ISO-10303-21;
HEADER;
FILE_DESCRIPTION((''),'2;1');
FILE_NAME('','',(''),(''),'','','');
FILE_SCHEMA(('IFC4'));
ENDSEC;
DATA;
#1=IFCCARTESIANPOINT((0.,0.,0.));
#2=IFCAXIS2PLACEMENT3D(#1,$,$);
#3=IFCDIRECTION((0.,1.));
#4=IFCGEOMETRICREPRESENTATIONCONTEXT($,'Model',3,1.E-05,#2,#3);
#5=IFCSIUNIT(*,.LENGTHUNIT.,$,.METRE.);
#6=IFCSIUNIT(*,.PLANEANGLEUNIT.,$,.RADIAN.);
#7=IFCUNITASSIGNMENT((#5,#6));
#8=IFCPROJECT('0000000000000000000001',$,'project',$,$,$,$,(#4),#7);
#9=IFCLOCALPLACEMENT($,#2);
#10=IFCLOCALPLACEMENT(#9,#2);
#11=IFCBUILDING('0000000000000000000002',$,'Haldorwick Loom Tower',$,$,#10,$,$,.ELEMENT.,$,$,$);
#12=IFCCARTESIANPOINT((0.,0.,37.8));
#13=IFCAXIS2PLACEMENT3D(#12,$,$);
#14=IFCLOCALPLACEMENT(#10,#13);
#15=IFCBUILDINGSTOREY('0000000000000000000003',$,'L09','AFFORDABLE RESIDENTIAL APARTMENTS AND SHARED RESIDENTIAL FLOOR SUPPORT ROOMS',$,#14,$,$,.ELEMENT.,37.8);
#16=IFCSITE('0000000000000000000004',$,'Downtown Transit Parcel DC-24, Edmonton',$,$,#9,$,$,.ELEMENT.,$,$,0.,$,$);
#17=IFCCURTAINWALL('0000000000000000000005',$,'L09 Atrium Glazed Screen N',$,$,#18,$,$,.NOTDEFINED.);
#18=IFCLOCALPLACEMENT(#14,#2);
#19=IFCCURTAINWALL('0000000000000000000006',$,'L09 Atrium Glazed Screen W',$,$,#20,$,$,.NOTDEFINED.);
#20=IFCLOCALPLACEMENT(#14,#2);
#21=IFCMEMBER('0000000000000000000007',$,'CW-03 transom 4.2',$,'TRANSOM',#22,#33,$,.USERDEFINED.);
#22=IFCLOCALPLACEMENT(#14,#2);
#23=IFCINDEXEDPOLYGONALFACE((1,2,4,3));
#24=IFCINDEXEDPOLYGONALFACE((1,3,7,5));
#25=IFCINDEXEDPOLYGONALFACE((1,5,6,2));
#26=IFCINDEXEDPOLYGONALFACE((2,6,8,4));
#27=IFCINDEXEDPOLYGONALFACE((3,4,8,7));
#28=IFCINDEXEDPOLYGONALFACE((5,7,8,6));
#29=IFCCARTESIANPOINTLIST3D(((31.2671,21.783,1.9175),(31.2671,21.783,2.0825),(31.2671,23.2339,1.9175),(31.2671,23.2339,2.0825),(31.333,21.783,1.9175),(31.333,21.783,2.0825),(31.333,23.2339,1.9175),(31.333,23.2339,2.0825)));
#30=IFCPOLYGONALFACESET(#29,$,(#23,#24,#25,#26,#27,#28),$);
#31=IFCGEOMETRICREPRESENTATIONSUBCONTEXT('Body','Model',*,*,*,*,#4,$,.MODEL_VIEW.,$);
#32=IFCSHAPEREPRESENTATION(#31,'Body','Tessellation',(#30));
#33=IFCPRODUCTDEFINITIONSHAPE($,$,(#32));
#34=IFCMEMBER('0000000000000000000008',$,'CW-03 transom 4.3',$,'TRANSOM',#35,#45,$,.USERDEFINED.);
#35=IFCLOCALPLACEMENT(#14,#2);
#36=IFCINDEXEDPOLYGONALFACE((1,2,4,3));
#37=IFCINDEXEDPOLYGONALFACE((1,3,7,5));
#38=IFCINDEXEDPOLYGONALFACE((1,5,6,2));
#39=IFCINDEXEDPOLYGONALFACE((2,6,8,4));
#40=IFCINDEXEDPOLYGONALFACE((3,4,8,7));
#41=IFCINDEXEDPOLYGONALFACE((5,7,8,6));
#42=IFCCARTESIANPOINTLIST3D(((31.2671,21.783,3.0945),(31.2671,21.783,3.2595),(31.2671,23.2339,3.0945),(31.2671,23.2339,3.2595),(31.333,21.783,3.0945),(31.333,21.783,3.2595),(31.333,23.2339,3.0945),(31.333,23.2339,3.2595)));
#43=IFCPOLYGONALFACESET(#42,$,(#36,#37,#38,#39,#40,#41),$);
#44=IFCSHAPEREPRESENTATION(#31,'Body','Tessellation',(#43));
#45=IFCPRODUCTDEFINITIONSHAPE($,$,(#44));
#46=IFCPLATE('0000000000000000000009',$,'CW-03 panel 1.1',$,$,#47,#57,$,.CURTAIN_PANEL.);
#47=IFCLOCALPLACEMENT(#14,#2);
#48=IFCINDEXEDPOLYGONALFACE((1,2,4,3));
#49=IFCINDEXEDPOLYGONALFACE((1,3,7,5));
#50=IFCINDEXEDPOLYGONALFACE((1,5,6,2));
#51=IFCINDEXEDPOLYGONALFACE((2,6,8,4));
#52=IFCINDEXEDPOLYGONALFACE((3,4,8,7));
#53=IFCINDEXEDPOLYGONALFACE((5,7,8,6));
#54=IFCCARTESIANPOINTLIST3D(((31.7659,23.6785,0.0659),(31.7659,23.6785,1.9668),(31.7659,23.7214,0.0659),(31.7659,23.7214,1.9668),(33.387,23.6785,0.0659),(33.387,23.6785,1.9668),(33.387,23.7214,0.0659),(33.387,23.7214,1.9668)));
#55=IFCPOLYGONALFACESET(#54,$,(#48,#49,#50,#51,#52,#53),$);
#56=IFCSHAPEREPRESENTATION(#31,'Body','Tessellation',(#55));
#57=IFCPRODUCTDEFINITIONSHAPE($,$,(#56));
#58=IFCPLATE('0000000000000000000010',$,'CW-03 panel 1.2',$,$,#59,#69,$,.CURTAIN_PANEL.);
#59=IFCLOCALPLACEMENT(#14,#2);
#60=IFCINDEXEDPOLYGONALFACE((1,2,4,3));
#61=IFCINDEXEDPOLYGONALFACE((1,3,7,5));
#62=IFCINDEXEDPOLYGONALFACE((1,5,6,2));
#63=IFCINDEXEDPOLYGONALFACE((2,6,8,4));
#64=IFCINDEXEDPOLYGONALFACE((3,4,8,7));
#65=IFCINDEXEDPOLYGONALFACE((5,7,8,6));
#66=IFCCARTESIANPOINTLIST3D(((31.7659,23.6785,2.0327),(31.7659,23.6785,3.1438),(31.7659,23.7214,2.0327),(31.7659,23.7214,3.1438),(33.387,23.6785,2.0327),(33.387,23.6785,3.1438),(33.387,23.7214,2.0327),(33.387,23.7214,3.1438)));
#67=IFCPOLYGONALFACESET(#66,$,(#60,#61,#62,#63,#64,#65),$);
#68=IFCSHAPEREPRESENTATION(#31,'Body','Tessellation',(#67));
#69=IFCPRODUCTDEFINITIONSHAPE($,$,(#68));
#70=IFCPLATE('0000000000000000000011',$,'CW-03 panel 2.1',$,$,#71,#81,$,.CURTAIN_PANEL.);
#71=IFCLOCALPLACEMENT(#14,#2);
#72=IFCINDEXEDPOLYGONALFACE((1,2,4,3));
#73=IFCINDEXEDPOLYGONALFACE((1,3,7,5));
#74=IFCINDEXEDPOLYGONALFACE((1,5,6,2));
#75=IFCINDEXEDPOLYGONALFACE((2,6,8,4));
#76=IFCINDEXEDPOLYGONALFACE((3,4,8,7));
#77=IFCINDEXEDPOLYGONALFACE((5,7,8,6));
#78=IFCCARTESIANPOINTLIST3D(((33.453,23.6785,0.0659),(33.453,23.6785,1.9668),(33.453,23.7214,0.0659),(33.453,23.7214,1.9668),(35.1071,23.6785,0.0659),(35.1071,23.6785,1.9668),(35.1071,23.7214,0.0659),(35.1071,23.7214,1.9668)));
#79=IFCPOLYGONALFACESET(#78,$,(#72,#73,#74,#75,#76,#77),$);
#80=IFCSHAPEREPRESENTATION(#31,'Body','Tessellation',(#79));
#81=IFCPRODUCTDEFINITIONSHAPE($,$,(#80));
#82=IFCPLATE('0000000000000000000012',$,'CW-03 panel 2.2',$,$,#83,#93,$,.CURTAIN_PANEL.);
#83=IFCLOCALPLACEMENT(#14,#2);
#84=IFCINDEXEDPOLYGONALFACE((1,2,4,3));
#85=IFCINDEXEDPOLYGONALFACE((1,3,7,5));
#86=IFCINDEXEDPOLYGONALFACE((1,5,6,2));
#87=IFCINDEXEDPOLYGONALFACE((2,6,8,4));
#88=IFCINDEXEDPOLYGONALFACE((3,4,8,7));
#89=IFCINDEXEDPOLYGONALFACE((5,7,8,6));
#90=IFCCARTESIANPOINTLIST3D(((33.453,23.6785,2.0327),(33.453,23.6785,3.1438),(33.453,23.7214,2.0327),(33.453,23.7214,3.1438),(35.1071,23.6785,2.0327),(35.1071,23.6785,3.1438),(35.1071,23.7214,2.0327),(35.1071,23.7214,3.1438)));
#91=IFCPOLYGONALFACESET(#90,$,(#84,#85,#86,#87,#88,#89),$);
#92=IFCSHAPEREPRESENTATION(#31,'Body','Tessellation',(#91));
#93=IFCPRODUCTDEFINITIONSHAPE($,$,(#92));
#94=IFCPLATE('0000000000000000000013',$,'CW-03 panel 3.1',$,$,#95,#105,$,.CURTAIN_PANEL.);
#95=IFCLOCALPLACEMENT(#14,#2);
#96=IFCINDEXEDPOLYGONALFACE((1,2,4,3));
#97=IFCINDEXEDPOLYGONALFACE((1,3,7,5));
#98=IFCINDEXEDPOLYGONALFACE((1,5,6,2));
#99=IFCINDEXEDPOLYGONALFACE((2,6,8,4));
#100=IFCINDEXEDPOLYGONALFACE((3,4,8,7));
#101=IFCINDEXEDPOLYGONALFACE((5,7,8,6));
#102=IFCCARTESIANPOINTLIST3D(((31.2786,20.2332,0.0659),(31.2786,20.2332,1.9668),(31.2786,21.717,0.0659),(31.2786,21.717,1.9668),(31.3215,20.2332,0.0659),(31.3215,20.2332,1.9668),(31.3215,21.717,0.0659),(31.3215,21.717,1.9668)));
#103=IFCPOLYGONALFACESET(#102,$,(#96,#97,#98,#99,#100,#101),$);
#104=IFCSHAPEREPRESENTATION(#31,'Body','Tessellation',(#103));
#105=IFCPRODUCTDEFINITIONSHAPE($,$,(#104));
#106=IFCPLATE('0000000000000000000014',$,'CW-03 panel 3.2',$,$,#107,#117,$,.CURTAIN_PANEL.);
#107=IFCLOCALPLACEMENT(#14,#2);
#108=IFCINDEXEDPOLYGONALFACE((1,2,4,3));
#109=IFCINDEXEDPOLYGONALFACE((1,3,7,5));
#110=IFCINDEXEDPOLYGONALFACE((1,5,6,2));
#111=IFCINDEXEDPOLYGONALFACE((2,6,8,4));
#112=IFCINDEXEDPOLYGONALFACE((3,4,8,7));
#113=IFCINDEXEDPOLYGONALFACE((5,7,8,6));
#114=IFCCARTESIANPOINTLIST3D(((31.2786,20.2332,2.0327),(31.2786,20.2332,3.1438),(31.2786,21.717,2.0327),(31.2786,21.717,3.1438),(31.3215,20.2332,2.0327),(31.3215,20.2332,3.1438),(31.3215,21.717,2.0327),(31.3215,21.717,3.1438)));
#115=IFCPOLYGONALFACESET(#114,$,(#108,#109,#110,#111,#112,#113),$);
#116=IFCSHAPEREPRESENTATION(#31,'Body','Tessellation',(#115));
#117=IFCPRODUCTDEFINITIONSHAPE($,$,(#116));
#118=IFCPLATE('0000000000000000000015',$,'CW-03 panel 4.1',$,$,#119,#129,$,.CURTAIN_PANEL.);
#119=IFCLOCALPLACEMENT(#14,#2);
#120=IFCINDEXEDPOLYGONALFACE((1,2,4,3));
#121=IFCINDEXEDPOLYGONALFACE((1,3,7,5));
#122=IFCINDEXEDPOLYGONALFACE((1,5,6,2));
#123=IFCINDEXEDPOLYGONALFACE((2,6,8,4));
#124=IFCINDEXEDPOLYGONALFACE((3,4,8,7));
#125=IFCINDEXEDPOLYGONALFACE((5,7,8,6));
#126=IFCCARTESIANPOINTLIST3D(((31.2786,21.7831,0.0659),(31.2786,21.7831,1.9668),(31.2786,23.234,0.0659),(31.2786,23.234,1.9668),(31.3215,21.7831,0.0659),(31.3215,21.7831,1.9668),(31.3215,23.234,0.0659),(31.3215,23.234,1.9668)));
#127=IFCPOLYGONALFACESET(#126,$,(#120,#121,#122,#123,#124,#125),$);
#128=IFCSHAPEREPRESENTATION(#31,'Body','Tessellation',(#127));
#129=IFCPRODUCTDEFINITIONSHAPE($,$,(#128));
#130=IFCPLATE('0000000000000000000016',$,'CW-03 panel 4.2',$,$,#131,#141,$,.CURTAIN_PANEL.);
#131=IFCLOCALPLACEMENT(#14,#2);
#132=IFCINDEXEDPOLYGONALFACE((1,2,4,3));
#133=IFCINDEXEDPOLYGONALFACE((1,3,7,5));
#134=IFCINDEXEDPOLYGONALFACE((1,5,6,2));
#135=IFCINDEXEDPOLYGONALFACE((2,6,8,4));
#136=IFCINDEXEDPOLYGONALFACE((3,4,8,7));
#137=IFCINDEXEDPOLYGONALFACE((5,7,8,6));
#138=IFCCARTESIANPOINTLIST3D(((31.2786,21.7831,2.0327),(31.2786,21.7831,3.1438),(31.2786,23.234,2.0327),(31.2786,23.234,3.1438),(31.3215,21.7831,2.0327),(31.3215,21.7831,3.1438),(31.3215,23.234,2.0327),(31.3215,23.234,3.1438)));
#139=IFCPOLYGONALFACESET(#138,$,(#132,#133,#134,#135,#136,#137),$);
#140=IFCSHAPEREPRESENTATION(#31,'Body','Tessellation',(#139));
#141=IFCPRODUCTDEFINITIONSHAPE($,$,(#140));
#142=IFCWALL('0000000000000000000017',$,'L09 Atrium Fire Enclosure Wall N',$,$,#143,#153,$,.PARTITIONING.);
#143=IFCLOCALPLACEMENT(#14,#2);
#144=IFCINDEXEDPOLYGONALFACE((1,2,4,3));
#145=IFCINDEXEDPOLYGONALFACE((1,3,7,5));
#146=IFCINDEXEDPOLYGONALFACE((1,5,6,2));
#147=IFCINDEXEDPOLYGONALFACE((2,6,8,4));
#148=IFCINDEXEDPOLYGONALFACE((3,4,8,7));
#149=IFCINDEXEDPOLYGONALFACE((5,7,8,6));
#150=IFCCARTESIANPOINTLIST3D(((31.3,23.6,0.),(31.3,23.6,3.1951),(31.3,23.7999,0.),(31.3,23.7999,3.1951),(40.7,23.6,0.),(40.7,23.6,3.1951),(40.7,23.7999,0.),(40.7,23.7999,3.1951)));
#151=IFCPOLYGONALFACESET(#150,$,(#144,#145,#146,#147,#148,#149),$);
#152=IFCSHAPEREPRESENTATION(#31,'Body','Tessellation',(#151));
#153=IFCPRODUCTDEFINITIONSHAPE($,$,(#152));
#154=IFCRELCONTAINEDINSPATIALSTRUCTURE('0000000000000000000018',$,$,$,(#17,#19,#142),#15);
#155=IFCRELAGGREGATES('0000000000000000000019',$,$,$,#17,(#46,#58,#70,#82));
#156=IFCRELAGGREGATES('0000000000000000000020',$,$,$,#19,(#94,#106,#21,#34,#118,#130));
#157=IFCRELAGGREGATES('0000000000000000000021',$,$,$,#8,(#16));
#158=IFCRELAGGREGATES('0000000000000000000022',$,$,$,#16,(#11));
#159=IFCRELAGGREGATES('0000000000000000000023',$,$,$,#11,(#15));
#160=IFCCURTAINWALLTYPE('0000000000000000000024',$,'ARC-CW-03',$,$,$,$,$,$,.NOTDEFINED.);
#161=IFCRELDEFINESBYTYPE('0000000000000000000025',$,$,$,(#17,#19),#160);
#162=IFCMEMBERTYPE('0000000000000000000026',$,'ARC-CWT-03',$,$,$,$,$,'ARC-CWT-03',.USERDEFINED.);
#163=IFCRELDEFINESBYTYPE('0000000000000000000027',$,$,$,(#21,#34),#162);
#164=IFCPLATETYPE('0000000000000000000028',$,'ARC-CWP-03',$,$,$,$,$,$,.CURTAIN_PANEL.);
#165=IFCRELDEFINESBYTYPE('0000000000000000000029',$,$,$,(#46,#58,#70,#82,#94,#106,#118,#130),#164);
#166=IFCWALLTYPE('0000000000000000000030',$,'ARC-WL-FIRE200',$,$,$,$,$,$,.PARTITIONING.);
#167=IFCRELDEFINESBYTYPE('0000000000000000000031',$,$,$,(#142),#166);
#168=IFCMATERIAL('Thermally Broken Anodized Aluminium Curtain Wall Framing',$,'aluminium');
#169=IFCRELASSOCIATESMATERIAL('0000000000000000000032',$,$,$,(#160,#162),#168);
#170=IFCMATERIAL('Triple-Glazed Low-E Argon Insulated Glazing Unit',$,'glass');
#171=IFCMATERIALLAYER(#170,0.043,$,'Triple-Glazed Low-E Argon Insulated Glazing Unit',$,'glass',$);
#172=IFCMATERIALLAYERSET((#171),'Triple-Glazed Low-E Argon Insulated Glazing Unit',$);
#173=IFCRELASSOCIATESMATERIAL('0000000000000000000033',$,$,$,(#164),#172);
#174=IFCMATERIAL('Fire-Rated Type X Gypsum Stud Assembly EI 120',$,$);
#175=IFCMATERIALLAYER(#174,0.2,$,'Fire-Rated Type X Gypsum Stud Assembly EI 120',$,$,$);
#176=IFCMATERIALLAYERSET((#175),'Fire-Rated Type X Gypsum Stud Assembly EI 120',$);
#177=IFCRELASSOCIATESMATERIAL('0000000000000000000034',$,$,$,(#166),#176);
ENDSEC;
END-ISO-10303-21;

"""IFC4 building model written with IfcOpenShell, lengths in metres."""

from ifc_helpers import new_model, si_unit, direction, frame, frame_2d, origin, origin_2d, place, context, subcontext, project, spatial, rectangle, extrude, material, layer, layer_set, material_profile, profile_set, type_object, element, aggregate, save


model = new_model("IFC4")

# Units and contexts
model_context = context("Model", 3, precision=1e-05, world=origin(), true_north=direction((0.0, 1.0)))
body_context = subcontext(model_context, "Body", "Model", "MODEL_VIEW")
ifc_project = project(units=[si_unit("LENGTHUNIT", "METRE"), si_unit("PLANEANGLEUNIT", "RADIAN")], contexts=[model_context])

# Site, building, storey
site_placement = place(None, origin())
site = spatial("IfcSite", under=ifc_project, at=site_placement, Name="Downtown Transit Parcel DC-24, Edmonton", CompositionType="ELEMENT", RefElevation=0.0)
building_placement = place(site_placement, origin())
building = spatial("IfcBuilding", under=site, at=building_placement, Name="Haldorwick Loom Tower", CompositionType="ELEMENT")
storey_placement = place(building_placement, frame((0.0, 0.0, 37.8)))
storey = spatial("IfcBuildingStorey", under=building, at=storey_placement, Name="L09", Description="AFFORDABLE RESIDENTIAL APARTMENTS AND SHARED RESIDENTIAL FLOOR SUPPORT ROOMS", CompositionType="ELEMENT", Elevation=37.8)

# Curtain walls
ifc_material_1 = material(Name="Thermally Broken Anodized Aluminium Curtain Wall Framing", Category="aluminium")
curtain_wall_type = type_object("IfcCurtainWallType", Name="ARC-CW-03", PredefinedType="NOTDEFINED", material=ifc_material_1)
curtain_wall_1_placement = place(storey_placement, origin())
curtain_wall_1 = element("IfcCurtainWall", 1, at=curtain_wall_1_placement, inside=storey, type_object=curtain_wall_type, Name="L09 Atrium Glazed Screen N", PredefinedType="NOTDEFINED")
curtain_wall_2_placement = place(storey_placement, origin())
curtain_wall_2 = element("IfcCurtainWall", 2, at=curtain_wall_2_placement, inside=storey, type_object=curtain_wall_type, Name="L09 Atrium Glazed Screen W", PredefinedType="NOTDEFINED")

# Members
ifc_material_profile_1 = material_profile(ifc_material_1, rectangle(XDim=0.0659, YDim=0.165, at=origin_2d()), Name="ALU_TRN_66X165", Category="aluminium")
ifc_profile_set_1 = profile_set([ifc_material_profile_1], Name="Thermally Broken Anodized Aluminium Curtain Wall Framing")
member_type_1 = type_object("IfcMemberType", Name="ARC-CWT-03", ElementType="ARC-CWT-03", PredefinedType="USERDEFINED", material=ifc_profile_set_1)
member_1_placement = place(storey_placement, frame((31.3, 21.783, 2.0), z_axis=(0.0, 1.0, 0.0), x_axis=(-1.0, 0.0, 0.0)))
member_1 = element("IfcMember", 3, at=member_1_placement, type_object=member_type_1, Name="CW-03 transom 4.2", ObjectType="TRANSOM", PredefinedType="USERDEFINED", context=body_context, shape_type="SweptSolid", body=[
    extrude(rectangle(XDim=0.0659, YDim=0.165, at=origin_2d()), origin(), (0.0, 0.0, 1.0), 1.4509),
])
member_2_placement = place(storey_placement, frame((31.3, 21.783, 3.177), z_axis=(0.0, 1.0, 0.0), x_axis=(-1.0, 0.0, 0.0)))
member_2 = element("IfcMember", 4, at=member_2_placement, type_object=member_type_1, Name="CW-03 transom 4.3", ObjectType="TRANSOM", PredefinedType="USERDEFINED", context=body_context, shape_type="SweptSolid", body=[
    extrude(rectangle(XDim=0.0659, YDim=0.165, at=origin_2d()), origin(), (0.0, 0.0, 1.0), 1.4509),
])

# Plates
ifc_material_2 = material(Name="Triple-Glazed Low-E Argon Insulated Glazing Unit", Category="glass")
ifc_layer_1 = layer(ifc_material_2, 0.043, Name="Triple-Glazed Low-E Argon Insulated Glazing Unit", Category="glass")
ifc_layer_set_1 = layer_set([ifc_layer_1], Name="Triple-Glazed Low-E Argon Insulated Glazing Unit")
plate_type = type_object("IfcPlateType", Name="ARC-CWP-03", PredefinedType="CURTAIN_PANEL", material=ifc_layer_set_1)
plate_1_placement = place(storey_placement, frame((32.5764, 23.7, 0.0659), z_axis=(0.0, 0.0, 1.0), x_axis=(1.0, 0.0, 0.0)))
plate_1 = element("IfcPlate", 5, at=plate_1_placement, type_object=plate_type, Name="CW-03 panel 1.1", PredefinedType="CURTAIN_PANEL", context=body_context, shape_type="SweptSolid", body=[
    extrude(rectangle(XDim=1.6211, YDim=0.043, at=origin_2d()), origin(), (0.0, 0.0, 1.0), 1.9009),
])
plate_2_placement = place(storey_placement, frame((32.5764, 23.7, 2.0327), z_axis=(0.0, 0.0, 1.0), x_axis=(1.0, 0.0, 0.0)))
plate_2 = element("IfcPlate", 6, at=plate_2_placement, type_object=plate_type, Name="CW-03 panel 1.2", PredefinedType="CURTAIN_PANEL", context=body_context, shape_type="SweptSolid", body=[
    extrude(rectangle(XDim=1.6211, YDim=0.043, at=origin_2d()), origin(), (0.0, 0.0, 1.0), 1.1111),
])
plate_3_placement = place(storey_placement, frame((34.28, 23.7, 0.0659), z_axis=(0.0, 0.0, 1.0), x_axis=(1.0, 0.0, 0.0)))
plate_3 = element("IfcPlate", 7, at=plate_3_placement, type_object=plate_type, Name="CW-03 panel 2.1", PredefinedType="CURTAIN_PANEL", context=body_context, shape_type="SweptSolid", body=[
    extrude(rectangle(XDim=1.6541, YDim=0.043, at=origin_2d()), origin(), (0.0, 0.0, 1.0), 1.9009),
])
plate_4_placement = place(storey_placement, frame((34.28, 23.7, 2.0327), z_axis=(0.0, 0.0, 1.0), x_axis=(1.0, 0.0, 0.0)))
plate_4 = element("IfcPlate", 8, at=plate_4_placement, type_object=plate_type, Name="CW-03 panel 2.2", PredefinedType="CURTAIN_PANEL", context=body_context, shape_type="SweptSolid", body=[
    extrude(rectangle(XDim=1.6541, YDim=0.043, at=origin_2d()), origin(), (0.0, 0.0, 1.0), 1.1111),
])
aggregate(curtain_wall_1, [plate_1, plate_2, plate_3, plate_4])
plate_5_placement = place(storey_placement, frame((31.3, 20.9751, 0.0659), z_axis=(0.0, 0.0, 1.0), x_axis=(0.0, 1.0, 0.0)))
plate_5 = element("IfcPlate", 9, at=plate_5_placement, type_object=plate_type, Name="CW-03 panel 3.1", PredefinedType="CURTAIN_PANEL", context=body_context, shape_type="SweptSolid", body=[
    extrude(rectangle(XDim=1.4839, YDim=0.043, at=origin_2d()), origin(), (0.0, 0.0, 1.0), 1.9009),
])
plate_6_placement = place(storey_placement, frame((31.3, 20.9751, 2.0327), z_axis=(0.0, 0.0, 1.0), x_axis=(0.0, 1.0, 0.0)))
plate_6 = element("IfcPlate", 10, at=plate_6_placement, type_object=plate_type, Name="CW-03 panel 3.2", PredefinedType="CURTAIN_PANEL", context=body_context, shape_type="SweptSolid", body=[
    extrude(rectangle(XDim=1.4839, YDim=0.043, at=origin_2d()), origin(), (0.0, 0.0, 1.0), 1.1111),
])
plate_7_placement = place(storey_placement, frame((31.3, 22.5085, 0.0659), z_axis=(0.0, 0.0, 1.0), x_axis=(0.0, 1.0, 0.0)))
plate_7 = element("IfcPlate", 11, at=plate_7_placement, type_object=plate_type, Name="CW-03 panel 4.1", PredefinedType="CURTAIN_PANEL", context=body_context, shape_type="SweptSolid", body=[
    extrude(rectangle(XDim=1.4509, YDim=0.043, at=origin_2d()), origin(), (0.0, 0.0, 1.0), 1.9009),
])
plate_8_placement = place(storey_placement, frame((31.3, 22.5085, 2.0327), z_axis=(0.0, 0.0, 1.0), x_axis=(0.0, 1.0, 0.0)))
plate_8 = element("IfcPlate", 12, at=plate_8_placement, type_object=plate_type, Name="CW-03 panel 4.2", PredefinedType="CURTAIN_PANEL", context=body_context, shape_type="SweptSolid", body=[
    extrude(rectangle(XDim=1.4509, YDim=0.043, at=origin_2d()), origin(), (0.0, 0.0, 1.0), 1.1111),
])
aggregate(curtain_wall_2, [plate_5, plate_6, member_1, member_2, plate_7, plate_8])

# Wall
ifc_material_3 = material(Name="Fire-Rated Type X Gypsum Stud Assembly EI 120")
ifc_layer_2 = layer(ifc_material_3, 0.2, Name="Fire-Rated Type X Gypsum Stud Assembly EI 120")
ifc_layer_set_2 = layer_set([ifc_layer_2], Name="Fire-Rated Type X Gypsum Stud Assembly EI 120")
wall_type = type_object("IfcWallType", Name="ARC-WL-FIRE200", PredefinedType="PARTITIONING", material=ifc_layer_set_2)
wall_placement = place(storey_placement, frame((31.3, 23.7, 0.0), z_axis=(0.0, 0.0, 1.0), x_axis=(1.0, 0.0, 0.0)))
element("IfcWall", 13, at=wall_placement, inside=storey, type_object=wall_type, Name="L09 Atrium Fire Enclosure Wall N", PredefinedType="PARTITIONING", context=body_context, shape_type="SweptSolid", body=[
    extrude(rectangle(XDim=9.3999, YDim=0.2, at=frame_2d((4.7, 0.0))), origin(), (0.0, 0.0, 1.0), 3.1951),
])

save(model, "model.ifc")
